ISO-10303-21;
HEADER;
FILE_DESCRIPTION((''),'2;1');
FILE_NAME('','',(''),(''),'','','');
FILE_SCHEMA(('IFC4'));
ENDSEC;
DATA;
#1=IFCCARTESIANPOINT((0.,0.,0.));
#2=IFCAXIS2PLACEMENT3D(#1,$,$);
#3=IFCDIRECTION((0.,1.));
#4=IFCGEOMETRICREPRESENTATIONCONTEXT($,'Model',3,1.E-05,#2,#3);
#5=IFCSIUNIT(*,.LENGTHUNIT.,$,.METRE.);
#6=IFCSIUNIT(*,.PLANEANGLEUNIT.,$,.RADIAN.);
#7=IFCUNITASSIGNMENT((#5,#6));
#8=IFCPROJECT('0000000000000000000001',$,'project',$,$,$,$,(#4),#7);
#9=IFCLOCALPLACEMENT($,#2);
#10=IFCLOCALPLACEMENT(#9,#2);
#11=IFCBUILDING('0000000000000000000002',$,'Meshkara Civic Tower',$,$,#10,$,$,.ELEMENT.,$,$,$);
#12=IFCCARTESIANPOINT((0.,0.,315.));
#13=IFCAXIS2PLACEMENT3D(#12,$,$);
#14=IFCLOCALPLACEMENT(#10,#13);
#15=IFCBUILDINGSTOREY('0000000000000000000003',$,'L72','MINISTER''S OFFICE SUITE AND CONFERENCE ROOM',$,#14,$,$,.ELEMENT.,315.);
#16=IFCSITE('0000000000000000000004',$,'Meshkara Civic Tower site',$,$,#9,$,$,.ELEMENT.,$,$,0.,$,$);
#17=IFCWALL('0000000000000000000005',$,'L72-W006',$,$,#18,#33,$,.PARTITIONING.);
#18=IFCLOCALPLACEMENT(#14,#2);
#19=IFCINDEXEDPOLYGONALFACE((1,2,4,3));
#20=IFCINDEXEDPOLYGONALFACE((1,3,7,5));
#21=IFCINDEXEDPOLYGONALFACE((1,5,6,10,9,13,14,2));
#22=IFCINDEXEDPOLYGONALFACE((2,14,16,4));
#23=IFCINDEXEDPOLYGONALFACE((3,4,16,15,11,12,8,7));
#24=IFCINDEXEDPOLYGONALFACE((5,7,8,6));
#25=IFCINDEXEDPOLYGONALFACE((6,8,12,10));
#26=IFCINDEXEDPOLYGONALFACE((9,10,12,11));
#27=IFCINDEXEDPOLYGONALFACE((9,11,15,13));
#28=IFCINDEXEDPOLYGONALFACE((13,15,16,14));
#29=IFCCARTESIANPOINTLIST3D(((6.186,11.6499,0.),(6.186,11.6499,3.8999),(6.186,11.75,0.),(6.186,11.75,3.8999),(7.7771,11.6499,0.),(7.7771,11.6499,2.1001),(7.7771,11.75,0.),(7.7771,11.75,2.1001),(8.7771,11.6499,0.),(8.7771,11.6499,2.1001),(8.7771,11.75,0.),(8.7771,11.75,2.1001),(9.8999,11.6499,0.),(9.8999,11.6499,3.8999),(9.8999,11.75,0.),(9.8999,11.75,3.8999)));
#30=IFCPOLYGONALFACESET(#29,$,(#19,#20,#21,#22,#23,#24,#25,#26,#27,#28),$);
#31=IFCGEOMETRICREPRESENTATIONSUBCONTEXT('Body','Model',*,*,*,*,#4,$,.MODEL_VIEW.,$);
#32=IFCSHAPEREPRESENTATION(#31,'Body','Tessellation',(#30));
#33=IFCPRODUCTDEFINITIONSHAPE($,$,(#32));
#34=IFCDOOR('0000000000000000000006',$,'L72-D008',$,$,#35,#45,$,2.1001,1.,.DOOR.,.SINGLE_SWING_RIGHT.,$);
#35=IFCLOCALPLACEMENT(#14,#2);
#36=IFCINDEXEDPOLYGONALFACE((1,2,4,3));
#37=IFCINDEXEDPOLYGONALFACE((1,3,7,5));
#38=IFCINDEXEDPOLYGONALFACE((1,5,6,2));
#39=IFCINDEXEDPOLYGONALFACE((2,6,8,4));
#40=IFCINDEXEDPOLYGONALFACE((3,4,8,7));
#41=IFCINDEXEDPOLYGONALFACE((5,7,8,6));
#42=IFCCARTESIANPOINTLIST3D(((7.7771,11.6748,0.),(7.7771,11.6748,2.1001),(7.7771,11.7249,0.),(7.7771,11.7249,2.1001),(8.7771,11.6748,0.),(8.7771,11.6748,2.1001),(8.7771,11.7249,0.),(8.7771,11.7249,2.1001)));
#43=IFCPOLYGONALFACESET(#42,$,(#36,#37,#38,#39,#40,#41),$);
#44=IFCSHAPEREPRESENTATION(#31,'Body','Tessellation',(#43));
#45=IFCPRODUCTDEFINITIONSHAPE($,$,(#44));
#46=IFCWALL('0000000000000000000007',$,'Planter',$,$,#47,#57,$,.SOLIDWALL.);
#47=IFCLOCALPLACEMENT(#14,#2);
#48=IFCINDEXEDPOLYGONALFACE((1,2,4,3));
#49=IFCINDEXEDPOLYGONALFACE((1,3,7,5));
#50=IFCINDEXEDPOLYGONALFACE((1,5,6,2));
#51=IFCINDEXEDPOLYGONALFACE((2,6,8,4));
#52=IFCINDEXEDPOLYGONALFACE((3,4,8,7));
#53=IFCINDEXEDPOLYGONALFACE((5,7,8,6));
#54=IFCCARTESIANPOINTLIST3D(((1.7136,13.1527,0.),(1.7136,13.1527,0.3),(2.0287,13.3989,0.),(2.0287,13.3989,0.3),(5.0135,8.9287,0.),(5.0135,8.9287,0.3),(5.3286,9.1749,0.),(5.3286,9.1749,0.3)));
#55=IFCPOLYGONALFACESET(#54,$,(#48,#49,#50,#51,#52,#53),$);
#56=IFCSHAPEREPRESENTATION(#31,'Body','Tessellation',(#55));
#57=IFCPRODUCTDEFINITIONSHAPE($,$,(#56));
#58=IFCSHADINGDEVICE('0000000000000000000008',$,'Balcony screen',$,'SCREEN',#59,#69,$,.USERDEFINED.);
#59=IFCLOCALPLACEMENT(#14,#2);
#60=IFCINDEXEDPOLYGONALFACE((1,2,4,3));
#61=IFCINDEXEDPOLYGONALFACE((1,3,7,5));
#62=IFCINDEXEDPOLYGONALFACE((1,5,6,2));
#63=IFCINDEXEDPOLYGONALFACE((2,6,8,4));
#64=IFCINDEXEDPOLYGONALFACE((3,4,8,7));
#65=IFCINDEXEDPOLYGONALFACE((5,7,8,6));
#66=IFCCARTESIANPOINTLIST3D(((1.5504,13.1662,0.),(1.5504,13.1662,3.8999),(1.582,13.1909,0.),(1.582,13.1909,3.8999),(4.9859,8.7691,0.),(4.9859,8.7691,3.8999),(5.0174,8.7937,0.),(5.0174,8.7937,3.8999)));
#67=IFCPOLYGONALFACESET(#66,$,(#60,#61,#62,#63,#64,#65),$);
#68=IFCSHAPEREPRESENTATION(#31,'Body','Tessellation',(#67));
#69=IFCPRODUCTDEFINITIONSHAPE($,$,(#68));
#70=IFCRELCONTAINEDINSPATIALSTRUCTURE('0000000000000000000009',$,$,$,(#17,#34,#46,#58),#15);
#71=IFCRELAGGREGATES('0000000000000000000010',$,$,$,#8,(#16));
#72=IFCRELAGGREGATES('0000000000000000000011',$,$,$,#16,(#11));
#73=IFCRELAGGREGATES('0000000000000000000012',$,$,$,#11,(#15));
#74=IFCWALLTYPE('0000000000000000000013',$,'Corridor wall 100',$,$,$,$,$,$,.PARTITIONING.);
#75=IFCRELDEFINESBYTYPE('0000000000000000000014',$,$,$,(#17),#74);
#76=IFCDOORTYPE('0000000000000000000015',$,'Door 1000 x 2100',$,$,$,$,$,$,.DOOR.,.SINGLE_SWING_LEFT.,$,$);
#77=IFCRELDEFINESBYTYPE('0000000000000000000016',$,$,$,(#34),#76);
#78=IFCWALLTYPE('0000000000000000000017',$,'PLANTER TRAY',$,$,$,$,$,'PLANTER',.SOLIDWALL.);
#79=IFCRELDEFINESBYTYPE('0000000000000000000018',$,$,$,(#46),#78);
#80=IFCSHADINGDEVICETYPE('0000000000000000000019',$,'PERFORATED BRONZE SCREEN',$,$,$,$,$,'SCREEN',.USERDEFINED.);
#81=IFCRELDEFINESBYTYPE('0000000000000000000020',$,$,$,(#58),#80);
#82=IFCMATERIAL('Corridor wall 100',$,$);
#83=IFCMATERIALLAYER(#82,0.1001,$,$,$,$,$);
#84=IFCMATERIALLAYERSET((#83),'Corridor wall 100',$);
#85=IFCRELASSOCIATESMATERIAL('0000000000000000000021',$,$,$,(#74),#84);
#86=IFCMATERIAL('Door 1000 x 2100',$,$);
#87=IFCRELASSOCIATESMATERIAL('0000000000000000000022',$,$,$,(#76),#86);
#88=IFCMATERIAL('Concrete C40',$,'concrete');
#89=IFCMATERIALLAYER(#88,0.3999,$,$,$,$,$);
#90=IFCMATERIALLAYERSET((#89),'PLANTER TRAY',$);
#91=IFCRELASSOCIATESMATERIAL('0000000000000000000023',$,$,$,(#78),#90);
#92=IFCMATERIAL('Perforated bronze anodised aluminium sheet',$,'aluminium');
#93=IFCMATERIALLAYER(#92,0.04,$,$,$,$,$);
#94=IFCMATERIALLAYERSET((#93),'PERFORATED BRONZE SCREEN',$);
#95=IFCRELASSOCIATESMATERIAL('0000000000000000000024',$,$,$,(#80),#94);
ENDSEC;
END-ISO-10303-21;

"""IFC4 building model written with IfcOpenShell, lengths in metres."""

from ifc_helpers import new_model, si_unit, direction, frame, frame_2d, origin, origin_2d, place, context, subcontext, project, spatial, rectangle, extrude, material, layer, layer_set, type_object, element, fill, save


model = new_model("IFC4")

# Units and contexts
model_context = context("Model", 3, precision=1e-05, world=origin(), true_north=direction((0.0, 1.0)))
body_context = subcontext(model_context, "Body", "Model", "MODEL_VIEW")
ifc_project = project(units=[si_unit("LENGTHUNIT", "METRE"), si_unit("PLANEANGLEUNIT", "RADIAN")], contexts=[model_context])

# Site, building, storey
site_placement = place(None, origin())
site = spatial("IfcSite", under=ifc_project, at=site_placement, Name="Meshkara Civic Tower site", CompositionType="ELEMENT", RefElevation=0.0)
building_placement = place(site_placement, origin())
building = spatial("IfcBuilding", under=site, at=building_placement, Name="Meshkara Civic Tower", CompositionType="ELEMENT")
storey_placement = place(building_placement, frame((0.0, 0.0, 315.0)))
storey = spatial("IfcBuildingStorey", under=building, at=storey_placement, Name="L72", Description="MINISTER'S OFFICE SUITE AND CONFERENCE ROOM", CompositionType="ELEMENT", Elevation=315.0)

# Shared definitions
ifc_material_1 = material(Name="Corridor wall 100")
ifc_layer_1 = layer(ifc_material_1, 0.1001)
ifc_layer_set_1 = layer_set([ifc_layer_1], Name="Corridor wall 100")
wall_type_1 = type_object("IfcWallType", Name="Corridor wall 100", PredefinedType="PARTITIONING", material=ifc_layer_set_1)
ifc_material_2 = material(Name="Door 1000 x 2100")
door_type = type_object("IfcDoorType", Name="Door 1000 x 2100", OperationType="SINGLE_SWING_LEFT", PredefinedType="DOOR", material=ifc_material_2)

# Wall, opening, door
wall_1_placement = place(storey_placement, frame((6.186, 11.7, 0.0), z_axis=(0.0, 0.0, 1.0), x_axis=(1.0, 0.0, 0.0)))
wall_1 = element("IfcWall", 1, at=wall_1_placement, inside=storey, type_object=wall_type_1, Name="L72-W006", PredefinedType="PARTITIONING", context=body_context, shape_type="SweptSolid", body=[
    extrude(rectangle(XDim=3.7139, YDim=0.1001, at=frame_2d((1.8569, 0.0))), origin(), (0.0, 0.0, 1.0), 3.8999),
])
opening_1_placement = place(wall_1_placement, frame((1.5911, 0.0, 0.0)))
opening_1 = element("IfcOpeningElement", 2, at=opening_1_placement, cuts=wall_1, PredefinedType="OPENING", context=body_context, shape_type="SweptSolid", body=[
    extrude(rectangle(XDim=1.0, YDim=2.1001, at=frame_2d((0.5, 1.05))), frame((0.0, 0.0601, 0.0), z_axis=(0.0, -1.0, 0.0), x_axis=(1.0, 0.0, 0.0)), (0.0, 0.0, 1.0), 0.1201),
])
door_1_placement = place(opening_1_placement, origin())
door_1 = element("IfcDoor", 3, at=door_1_placement, inside=storey, type_object=door_type, Name="L72-D008", OperationType="SINGLE_SWING_RIGHT", OverallHeight=2.1001, OverallWidth=1.0, PredefinedType="DOOR", context=body_context, shape_type="SweptSolid", body=[
    extrude(rectangle(XDim=1.0, YDim=2.1001, at=frame_2d((0.5, 1.05))), frame((0.0, 0.0249, 0.0), z_axis=(0.0, -1.0, 0.0), x_axis=(1.0, 0.0, 0.0)), (0.0, 0.0, 1.0), 0.05),
])
fill(opening_1, door_1)

# Wall
ifc_material_3 = material(Name="Concrete C40", Category="concrete")
ifc_layer_2 = layer(ifc_material_3, 0.3999)
ifc_layer_set_2 = layer_set([ifc_layer_2], Name="PLANTER TRAY")
wall_type_2 = type_object("IfcWallType", Name="PLANTER TRAY", ElementType="PLANTER", PredefinedType="SOLIDWALL", material=ifc_layer_set_2)
wall_2_placement = place(storey_placement, frame((1.8711, 13.2759, 0.0), z_axis=(0.0, 0.0, 1.0), x_axis=(0.615633, -0.788033, 0.0)))
element("IfcWall", 4, at=wall_2_placement, inside=storey, type_object=wall_type_2, Name="Planter", PredefinedType="SOLIDWALL", context=body_context, shape_type="SweptSolid", body=[
    extrude(rectangle(XDim=5.3601, YDim=0.3999, at=frame_2d((2.6802, 0.0))), origin(), (0.0, 0.0, 1.0), 0.3),
])

# Shading device
ifc_material_4 = material(Name="Perforated bronze anodised aluminium sheet", Category="aluminium")
ifc_layer_3 = layer(ifc_material_4, 0.04)
ifc_layer_set_3 = layer_set([ifc_layer_3], Name="PERFORATED BRONZE SCREEN")
shading_device_type = type_object("IfcShadingDeviceType", Name="PERFORATED BRONZE SCREEN", ElementType="SCREEN", PredefinedType="USERDEFINED", material=ifc_layer_set_3)
shading_device_placement = place(storey_placement, frame((3.2839, 10.98, 0.0), z_axis=(0.0, 0.0, 1.0), x_axis=(0.615661, -0.788011, 0.0)))
element("IfcShadingDevice", 5, at=shading_device_placement, inside=storey, type_object=shading_device_type, Name="Balcony screen", ObjectType="SCREEN", PredefinedType="USERDEFINED", context=body_context, shape_type="SweptSolid", body=[
    extrude(rectangle(XDim=5.5801, YDim=0.04, at=origin_2d()), origin(), (0.0, 0.0, 1.0), 3.8999),
])

save(model, "model.ifc")
